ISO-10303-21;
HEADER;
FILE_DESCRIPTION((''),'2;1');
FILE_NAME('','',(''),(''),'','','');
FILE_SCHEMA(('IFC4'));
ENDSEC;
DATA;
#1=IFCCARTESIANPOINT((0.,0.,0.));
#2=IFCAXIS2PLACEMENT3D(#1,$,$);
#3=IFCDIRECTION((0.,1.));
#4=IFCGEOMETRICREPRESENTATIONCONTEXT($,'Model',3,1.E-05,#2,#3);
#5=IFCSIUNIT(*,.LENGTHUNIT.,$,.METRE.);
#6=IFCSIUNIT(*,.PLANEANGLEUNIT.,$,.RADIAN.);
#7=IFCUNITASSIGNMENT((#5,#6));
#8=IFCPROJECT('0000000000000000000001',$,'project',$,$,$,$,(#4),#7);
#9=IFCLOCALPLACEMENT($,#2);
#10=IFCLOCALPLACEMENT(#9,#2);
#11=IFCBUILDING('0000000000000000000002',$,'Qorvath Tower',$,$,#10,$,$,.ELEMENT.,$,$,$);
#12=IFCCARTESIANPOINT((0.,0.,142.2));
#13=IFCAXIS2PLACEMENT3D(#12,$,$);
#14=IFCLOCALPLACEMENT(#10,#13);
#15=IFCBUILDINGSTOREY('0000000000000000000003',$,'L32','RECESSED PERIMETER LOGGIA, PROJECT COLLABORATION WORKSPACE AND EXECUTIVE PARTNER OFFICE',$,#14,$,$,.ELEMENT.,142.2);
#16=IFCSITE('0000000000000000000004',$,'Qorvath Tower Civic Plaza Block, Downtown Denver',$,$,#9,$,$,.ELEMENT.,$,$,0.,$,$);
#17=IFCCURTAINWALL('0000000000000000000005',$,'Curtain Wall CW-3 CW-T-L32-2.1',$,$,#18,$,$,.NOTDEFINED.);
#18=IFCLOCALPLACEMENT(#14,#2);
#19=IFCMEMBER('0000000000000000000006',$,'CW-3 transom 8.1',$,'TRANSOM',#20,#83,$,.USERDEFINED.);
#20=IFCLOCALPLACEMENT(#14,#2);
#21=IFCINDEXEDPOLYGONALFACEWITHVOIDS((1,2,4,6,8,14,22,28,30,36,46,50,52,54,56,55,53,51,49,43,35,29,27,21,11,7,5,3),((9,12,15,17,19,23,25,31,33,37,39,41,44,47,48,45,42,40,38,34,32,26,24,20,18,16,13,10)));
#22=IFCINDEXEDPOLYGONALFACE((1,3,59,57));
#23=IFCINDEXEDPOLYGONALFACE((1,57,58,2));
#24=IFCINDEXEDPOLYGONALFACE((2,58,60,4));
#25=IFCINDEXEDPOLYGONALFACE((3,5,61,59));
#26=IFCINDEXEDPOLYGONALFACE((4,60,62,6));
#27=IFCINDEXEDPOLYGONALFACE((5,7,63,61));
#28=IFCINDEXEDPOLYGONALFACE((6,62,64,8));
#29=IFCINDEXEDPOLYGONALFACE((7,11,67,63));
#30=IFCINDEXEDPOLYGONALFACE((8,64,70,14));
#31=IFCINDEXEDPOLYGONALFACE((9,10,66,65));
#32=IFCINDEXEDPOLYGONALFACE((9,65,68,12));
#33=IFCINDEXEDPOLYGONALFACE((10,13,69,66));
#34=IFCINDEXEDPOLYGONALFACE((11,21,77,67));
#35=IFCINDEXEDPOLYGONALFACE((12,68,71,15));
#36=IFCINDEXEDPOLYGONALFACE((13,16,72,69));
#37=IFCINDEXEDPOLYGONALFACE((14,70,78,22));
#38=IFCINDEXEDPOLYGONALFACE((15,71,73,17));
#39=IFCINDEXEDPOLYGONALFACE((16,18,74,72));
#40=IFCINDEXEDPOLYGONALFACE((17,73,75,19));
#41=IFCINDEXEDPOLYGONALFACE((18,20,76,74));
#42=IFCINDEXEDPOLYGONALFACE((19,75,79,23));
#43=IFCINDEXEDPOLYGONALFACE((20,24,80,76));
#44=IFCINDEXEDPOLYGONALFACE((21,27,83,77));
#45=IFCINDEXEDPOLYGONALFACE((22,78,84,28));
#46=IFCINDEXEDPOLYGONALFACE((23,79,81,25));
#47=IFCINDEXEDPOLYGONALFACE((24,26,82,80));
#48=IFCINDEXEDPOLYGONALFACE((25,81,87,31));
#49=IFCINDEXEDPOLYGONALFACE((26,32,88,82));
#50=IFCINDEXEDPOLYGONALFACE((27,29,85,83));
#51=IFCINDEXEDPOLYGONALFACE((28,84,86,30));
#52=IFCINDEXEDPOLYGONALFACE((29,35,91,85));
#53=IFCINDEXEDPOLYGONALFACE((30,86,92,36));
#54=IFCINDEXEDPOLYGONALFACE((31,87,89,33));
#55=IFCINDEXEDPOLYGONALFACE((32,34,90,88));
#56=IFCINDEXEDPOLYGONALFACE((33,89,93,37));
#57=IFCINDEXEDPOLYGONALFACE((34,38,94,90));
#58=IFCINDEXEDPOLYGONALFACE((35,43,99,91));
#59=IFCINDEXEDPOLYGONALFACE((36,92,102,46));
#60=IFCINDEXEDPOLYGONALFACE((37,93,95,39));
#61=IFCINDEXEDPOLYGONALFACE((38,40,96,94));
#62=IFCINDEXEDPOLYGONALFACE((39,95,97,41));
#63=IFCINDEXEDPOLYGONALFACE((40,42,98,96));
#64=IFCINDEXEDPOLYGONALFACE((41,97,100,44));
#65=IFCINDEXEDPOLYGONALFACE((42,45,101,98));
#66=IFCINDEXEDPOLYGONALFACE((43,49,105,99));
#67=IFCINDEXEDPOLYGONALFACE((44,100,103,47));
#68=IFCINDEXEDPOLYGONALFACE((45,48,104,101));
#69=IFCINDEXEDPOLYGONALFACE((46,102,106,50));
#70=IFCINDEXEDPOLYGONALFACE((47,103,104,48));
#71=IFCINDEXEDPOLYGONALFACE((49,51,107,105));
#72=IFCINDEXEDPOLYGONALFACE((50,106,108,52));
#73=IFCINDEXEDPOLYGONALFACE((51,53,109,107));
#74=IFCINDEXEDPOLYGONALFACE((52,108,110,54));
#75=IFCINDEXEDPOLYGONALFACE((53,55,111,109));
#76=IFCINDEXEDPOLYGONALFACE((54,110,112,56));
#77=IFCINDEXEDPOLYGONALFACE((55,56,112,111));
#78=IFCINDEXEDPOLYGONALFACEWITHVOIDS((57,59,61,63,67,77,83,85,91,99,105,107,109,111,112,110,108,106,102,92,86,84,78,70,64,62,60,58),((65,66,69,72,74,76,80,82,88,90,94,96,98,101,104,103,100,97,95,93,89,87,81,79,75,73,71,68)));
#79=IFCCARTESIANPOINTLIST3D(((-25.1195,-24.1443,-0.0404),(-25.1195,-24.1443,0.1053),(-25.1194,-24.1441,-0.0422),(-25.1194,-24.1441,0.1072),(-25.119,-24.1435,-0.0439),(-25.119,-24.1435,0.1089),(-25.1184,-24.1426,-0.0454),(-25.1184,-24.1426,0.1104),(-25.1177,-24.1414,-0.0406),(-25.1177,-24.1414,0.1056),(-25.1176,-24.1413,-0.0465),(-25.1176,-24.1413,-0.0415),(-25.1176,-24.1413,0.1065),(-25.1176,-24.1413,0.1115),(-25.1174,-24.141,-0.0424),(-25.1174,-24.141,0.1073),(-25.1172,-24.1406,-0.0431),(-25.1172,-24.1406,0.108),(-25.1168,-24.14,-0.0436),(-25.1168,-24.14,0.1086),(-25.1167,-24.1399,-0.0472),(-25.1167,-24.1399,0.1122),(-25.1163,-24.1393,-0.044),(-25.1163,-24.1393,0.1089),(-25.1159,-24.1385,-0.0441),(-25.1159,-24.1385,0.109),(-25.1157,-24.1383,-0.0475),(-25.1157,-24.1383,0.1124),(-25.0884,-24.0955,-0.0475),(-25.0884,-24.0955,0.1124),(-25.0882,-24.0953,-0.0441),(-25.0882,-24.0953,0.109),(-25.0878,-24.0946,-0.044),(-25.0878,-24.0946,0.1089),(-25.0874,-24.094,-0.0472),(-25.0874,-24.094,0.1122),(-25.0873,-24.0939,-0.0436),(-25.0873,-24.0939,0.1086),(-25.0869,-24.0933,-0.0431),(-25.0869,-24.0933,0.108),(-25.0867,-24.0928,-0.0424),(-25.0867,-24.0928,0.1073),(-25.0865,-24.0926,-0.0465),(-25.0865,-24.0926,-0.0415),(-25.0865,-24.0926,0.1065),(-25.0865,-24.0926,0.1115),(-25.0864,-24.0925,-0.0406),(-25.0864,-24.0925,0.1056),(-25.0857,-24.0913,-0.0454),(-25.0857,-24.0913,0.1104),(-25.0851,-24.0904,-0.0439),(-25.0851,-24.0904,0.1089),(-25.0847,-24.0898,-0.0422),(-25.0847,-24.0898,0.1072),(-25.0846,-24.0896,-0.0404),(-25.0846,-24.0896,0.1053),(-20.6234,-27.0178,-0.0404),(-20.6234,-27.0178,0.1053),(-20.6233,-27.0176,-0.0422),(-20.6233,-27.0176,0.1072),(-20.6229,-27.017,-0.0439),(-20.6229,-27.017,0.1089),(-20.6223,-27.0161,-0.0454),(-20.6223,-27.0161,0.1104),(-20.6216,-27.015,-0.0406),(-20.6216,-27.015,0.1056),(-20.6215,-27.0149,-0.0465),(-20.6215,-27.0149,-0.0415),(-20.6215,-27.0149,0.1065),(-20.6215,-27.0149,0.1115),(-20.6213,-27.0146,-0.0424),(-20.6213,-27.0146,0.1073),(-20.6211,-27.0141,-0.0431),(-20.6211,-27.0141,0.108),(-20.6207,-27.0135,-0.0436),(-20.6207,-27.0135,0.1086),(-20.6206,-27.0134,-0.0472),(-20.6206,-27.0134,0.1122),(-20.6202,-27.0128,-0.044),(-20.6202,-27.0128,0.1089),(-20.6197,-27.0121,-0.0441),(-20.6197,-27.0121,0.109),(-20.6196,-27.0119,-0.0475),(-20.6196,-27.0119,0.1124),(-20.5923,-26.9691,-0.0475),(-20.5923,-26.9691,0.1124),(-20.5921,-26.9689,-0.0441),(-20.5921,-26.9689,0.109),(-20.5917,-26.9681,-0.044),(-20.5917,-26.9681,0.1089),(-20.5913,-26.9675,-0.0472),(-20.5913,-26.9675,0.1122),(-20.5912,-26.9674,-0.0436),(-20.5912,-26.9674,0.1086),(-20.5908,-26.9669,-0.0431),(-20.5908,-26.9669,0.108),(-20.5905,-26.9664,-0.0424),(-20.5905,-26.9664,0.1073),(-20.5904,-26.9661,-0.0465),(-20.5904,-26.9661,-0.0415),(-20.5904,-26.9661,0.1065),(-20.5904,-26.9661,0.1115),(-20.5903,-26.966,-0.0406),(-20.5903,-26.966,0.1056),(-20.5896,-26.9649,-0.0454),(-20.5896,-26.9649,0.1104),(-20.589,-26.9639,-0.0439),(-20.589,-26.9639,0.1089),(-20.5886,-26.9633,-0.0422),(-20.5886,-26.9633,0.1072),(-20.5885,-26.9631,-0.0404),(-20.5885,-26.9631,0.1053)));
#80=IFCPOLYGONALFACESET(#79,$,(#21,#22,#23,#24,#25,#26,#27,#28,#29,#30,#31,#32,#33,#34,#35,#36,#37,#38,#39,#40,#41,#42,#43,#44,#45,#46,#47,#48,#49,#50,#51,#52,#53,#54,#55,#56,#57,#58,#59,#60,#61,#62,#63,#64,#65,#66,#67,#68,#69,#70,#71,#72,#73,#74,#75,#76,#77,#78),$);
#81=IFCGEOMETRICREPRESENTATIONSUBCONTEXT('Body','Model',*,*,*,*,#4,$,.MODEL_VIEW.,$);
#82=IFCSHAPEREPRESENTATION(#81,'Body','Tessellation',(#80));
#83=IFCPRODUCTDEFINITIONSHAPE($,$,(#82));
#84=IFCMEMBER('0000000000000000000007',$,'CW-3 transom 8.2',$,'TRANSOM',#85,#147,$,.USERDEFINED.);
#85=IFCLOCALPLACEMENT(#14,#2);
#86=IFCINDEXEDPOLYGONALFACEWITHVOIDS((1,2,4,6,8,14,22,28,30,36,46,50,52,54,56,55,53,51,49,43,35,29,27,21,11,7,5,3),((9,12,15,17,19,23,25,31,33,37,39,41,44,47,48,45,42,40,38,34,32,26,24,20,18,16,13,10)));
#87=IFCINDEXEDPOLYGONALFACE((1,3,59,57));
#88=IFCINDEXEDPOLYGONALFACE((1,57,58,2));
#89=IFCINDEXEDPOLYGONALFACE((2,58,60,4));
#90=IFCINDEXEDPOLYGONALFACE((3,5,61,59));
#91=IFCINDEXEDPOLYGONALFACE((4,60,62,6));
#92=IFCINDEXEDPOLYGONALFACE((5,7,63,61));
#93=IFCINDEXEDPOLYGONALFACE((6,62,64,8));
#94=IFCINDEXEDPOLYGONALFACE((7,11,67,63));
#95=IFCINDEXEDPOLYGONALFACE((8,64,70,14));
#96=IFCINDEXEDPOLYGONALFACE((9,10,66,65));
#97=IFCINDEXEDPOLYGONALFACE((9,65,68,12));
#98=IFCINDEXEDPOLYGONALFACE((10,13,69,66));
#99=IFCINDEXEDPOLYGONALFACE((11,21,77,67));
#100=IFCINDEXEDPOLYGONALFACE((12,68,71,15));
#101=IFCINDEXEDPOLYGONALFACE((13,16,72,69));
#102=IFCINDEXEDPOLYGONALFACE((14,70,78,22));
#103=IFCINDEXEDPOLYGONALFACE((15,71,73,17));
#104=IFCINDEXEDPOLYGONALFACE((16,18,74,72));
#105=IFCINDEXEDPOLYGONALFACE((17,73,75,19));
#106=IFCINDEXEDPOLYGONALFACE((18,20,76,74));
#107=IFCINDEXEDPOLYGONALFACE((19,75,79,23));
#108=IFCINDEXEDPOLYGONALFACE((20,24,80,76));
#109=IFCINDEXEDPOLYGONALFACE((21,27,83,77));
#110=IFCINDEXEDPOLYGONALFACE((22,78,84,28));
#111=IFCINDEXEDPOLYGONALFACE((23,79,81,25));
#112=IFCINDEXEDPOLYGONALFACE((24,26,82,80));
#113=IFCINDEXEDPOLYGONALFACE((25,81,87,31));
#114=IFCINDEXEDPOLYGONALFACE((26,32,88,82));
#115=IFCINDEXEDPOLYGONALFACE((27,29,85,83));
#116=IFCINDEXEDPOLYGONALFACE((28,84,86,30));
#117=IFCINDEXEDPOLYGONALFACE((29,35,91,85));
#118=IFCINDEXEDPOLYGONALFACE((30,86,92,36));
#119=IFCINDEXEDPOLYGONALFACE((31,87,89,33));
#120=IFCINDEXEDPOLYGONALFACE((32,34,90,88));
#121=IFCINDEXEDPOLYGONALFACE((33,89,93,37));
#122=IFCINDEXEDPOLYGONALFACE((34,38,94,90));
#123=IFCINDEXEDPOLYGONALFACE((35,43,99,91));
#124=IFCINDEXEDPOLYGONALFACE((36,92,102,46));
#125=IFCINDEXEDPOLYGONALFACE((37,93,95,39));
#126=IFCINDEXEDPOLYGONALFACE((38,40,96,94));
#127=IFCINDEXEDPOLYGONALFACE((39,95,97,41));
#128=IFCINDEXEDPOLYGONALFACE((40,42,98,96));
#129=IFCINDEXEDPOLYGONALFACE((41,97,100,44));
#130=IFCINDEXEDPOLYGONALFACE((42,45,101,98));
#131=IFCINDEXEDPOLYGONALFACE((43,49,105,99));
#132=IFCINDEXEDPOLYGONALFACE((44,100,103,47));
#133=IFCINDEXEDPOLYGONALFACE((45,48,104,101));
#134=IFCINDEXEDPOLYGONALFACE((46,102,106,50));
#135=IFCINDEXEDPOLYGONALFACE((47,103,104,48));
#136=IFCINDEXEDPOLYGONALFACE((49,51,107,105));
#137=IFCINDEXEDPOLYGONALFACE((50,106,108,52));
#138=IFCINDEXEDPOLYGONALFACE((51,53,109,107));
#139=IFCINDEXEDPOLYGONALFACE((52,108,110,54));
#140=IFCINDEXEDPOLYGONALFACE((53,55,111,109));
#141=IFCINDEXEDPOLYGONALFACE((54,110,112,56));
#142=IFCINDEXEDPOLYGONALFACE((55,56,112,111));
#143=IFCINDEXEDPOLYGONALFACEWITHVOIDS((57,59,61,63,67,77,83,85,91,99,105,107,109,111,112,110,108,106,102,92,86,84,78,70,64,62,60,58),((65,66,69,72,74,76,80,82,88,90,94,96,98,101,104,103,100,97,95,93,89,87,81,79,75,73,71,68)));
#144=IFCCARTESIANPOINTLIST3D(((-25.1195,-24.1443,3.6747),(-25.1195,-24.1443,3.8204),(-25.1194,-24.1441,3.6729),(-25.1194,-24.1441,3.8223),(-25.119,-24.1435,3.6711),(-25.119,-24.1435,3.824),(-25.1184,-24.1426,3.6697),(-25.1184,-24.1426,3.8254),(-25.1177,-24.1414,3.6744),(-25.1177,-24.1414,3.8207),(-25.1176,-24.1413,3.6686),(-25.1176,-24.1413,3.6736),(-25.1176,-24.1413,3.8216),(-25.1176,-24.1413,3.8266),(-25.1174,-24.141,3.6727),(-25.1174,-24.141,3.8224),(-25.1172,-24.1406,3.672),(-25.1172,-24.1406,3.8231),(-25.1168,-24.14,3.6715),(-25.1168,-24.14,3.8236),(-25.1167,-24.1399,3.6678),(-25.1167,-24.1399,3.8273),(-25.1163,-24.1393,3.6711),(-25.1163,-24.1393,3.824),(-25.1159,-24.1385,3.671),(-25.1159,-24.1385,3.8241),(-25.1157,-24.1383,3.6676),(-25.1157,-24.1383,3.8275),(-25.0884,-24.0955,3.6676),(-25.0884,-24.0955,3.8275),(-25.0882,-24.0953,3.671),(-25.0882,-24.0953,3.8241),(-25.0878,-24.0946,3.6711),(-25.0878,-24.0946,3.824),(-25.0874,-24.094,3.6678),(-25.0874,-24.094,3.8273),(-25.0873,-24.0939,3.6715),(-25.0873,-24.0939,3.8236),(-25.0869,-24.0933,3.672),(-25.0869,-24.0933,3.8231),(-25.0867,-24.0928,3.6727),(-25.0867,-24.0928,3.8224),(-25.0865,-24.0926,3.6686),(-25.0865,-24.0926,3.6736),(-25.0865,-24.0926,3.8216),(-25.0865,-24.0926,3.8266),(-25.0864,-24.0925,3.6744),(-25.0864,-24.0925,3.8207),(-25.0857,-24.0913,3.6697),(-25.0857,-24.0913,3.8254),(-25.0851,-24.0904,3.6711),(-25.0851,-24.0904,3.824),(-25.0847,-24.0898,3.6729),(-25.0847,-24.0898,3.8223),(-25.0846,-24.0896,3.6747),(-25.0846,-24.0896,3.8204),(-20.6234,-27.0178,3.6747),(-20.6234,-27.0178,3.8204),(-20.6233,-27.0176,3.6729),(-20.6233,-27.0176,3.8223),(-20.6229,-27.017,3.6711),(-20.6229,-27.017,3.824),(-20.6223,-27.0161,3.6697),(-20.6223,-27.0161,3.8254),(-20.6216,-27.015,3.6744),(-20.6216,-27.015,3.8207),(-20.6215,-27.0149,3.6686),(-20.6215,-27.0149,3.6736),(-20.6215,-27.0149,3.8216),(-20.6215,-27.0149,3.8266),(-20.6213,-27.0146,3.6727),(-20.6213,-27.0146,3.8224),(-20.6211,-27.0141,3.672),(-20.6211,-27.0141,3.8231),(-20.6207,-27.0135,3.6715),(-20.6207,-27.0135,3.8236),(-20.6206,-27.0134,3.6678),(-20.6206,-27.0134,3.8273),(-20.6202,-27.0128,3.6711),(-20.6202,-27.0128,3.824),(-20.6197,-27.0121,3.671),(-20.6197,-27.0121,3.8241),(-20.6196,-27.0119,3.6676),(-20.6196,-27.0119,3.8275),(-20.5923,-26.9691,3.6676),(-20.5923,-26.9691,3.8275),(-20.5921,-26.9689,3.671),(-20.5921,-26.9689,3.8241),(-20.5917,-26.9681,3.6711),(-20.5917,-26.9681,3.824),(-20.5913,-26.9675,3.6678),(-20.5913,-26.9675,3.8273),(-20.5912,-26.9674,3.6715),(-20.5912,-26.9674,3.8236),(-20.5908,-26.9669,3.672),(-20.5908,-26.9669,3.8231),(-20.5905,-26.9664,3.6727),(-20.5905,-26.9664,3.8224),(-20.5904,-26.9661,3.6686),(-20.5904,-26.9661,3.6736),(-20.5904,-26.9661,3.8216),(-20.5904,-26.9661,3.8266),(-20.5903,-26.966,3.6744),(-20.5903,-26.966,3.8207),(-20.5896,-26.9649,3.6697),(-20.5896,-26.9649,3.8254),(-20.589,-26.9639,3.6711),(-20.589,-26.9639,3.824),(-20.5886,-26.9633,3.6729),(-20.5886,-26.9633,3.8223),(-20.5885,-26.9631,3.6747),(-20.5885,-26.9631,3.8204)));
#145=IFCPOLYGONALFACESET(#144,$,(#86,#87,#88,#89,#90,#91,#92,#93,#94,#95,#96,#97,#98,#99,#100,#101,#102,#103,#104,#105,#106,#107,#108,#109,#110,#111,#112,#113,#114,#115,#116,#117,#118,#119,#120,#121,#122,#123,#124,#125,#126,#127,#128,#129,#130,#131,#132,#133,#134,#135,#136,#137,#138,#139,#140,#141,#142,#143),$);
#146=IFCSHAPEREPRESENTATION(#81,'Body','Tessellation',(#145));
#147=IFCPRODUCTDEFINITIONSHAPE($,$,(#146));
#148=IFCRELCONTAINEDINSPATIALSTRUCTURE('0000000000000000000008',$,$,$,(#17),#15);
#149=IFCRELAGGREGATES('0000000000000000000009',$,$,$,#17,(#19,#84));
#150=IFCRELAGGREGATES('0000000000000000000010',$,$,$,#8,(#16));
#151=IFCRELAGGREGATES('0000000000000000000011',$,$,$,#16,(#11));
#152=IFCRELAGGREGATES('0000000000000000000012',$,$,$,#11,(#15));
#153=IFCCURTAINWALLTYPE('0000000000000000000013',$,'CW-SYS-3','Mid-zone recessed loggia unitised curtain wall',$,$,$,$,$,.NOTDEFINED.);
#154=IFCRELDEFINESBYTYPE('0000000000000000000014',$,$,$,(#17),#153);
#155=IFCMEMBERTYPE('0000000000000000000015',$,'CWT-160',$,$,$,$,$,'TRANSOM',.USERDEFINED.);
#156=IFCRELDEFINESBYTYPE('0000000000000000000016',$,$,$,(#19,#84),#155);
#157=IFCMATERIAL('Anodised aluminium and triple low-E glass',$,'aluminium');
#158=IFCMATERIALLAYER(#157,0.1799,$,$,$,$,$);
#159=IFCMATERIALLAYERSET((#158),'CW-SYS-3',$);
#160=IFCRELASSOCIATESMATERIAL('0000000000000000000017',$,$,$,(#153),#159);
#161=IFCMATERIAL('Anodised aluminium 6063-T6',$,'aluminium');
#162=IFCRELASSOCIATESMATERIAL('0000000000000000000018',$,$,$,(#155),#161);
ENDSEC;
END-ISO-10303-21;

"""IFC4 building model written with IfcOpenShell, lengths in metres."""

from ifc_helpers import new_model, si_unit, direction, frame, origin, origin_2d, place, context, subcontext, project, spatial, hollow_rectangle, extrude, material, layer, layer_set, material_profile, profile_set, type_object, element, aggregate, save


model = new_model("IFC4")

# Units and contexts
model_context = context("Model", 3, precision=1e-05, world=origin(), true_north=direction((0.0, 1.0)))
body_context = subcontext(model_context, "Body", "Model", "MODEL_VIEW")
ifc_project = project(units=[si_unit("LENGTHUNIT", "METRE"), si_unit("PLANEANGLEUNIT", "RADIAN")], contexts=[model_context])

# Site, building, storey
site_placement = place(None, origin())
site = spatial("IfcSite", under=ifc_project, at=site_placement, Name="Qorvath Tower Civic Plaza Block, Downtown Denver", CompositionType="ELEMENT", RefElevation=0.0)
building_placement = place(site_placement, origin())
building = spatial("IfcBuilding", under=site, at=building_placement, Name="Qorvath Tower", CompositionType="ELEMENT")
storey_placement = place(building_placement, frame((0.0, 0.0, 142.2)))
storey = spatial("IfcBuildingStorey", under=building, at=storey_placement, Name="L32", Description="RECESSED PERIMETER LOGGIA, PROJECT COLLABORATION WORKSPACE AND EXECUTIVE PARTNER OFFICE", CompositionType="ELEMENT", Elevation=142.2)

# Curtain wall, members
ifc_material_1 = material(Name="Anodised aluminium and triple low-E glass", Category="aluminium")
ifc_layer_1 = layer(ifc_material_1, 0.1799)
ifc_layer_set_1 = layer_set([ifc_layer_1], Name="CW-SYS-3")
curtain_wall_type = type_object("IfcCurtainWallType", Name="CW-SYS-3", Description="Mid-zone recessed loggia unitised curtain wall", PredefinedType="NOTDEFINED", material=ifc_layer_set_1)
curtain_wall_placement = place(storey_placement, origin())
curtain_wall = element("IfcCurtainWall", 1, at=curtain_wall_placement, inside=storey, type_object=curtain_wall_type, Name="Curtain Wall CW-3 CW-T-L32-2.1", PredefinedType="NOTDEFINED")
ifc_material_2 = material(Name="Anodised aluminium 6063-T6", Category="aluminium")
ifc_material_profile_1 = material_profile(ifc_material_2, hollow_rectangle(XDim=0.0649, YDim=0.1599, WallThickness=0.0034, InnerFilletRadius=0.0034, OuterFilletRadius=0.0071, at=origin_2d()), Name="CWT 160x65")
ifc_profile_set_1 = profile_set([ifc_material_profile_1], Name="Anodised aluminium 6063-T6")
member_type_1 = type_object("IfcMemberType", Name="CWT-160", ElementType="TRANSOM", PredefinedType="USERDEFINED", material=ifc_profile_set_1)
member_1_placement = place(storey_placement, frame((-25.1021, -24.1169, 0.0325), z_axis=(0.842609, -0.538526, 0.0), x_axis=(0.538526, 0.842609, 0.0)))
member_1 = element("IfcMember", 2, at=member_1_placement, type_object=member_type_1, Name="CW-3 transom 8.1", ObjectType="TRANSOM", PredefinedType="USERDEFINED", context=body_context, shape_type="SweptSolid", body=[
    extrude(hollow_rectangle(XDim=0.0649, YDim=0.1599, WallThickness=0.0034, InnerFilletRadius=0.0034, OuterFilletRadius=0.0071, at=origin_2d()), origin(), (0.0, 0.0, 1.0), 5.3359),
])
member_2_placement = place(storey_placement, frame((-25.1021, -24.1169, 3.7476), z_axis=(0.842609, -0.538526, 0.0), x_axis=(0.538526, 0.842609, 0.0)))
member_2 = element("IfcMember", 3, at=member_2_placement, type_object=member_type_1, Name="CW-3 transom 8.2", ObjectType="TRANSOM", PredefinedType="USERDEFINED", context=body_context, shape_type="SweptSolid", body=[
    extrude(hollow_rectangle(XDim=0.0649, YDim=0.1599, WallThickness=0.0034, InnerFilletRadius=0.0034, OuterFilletRadius=0.0071, at=origin_2d()), origin(), (0.0, 0.0, 1.0), 5.3359),
])
aggregate(curtain_wall, [member_1, member_2])

save(model, "model.ifc")
